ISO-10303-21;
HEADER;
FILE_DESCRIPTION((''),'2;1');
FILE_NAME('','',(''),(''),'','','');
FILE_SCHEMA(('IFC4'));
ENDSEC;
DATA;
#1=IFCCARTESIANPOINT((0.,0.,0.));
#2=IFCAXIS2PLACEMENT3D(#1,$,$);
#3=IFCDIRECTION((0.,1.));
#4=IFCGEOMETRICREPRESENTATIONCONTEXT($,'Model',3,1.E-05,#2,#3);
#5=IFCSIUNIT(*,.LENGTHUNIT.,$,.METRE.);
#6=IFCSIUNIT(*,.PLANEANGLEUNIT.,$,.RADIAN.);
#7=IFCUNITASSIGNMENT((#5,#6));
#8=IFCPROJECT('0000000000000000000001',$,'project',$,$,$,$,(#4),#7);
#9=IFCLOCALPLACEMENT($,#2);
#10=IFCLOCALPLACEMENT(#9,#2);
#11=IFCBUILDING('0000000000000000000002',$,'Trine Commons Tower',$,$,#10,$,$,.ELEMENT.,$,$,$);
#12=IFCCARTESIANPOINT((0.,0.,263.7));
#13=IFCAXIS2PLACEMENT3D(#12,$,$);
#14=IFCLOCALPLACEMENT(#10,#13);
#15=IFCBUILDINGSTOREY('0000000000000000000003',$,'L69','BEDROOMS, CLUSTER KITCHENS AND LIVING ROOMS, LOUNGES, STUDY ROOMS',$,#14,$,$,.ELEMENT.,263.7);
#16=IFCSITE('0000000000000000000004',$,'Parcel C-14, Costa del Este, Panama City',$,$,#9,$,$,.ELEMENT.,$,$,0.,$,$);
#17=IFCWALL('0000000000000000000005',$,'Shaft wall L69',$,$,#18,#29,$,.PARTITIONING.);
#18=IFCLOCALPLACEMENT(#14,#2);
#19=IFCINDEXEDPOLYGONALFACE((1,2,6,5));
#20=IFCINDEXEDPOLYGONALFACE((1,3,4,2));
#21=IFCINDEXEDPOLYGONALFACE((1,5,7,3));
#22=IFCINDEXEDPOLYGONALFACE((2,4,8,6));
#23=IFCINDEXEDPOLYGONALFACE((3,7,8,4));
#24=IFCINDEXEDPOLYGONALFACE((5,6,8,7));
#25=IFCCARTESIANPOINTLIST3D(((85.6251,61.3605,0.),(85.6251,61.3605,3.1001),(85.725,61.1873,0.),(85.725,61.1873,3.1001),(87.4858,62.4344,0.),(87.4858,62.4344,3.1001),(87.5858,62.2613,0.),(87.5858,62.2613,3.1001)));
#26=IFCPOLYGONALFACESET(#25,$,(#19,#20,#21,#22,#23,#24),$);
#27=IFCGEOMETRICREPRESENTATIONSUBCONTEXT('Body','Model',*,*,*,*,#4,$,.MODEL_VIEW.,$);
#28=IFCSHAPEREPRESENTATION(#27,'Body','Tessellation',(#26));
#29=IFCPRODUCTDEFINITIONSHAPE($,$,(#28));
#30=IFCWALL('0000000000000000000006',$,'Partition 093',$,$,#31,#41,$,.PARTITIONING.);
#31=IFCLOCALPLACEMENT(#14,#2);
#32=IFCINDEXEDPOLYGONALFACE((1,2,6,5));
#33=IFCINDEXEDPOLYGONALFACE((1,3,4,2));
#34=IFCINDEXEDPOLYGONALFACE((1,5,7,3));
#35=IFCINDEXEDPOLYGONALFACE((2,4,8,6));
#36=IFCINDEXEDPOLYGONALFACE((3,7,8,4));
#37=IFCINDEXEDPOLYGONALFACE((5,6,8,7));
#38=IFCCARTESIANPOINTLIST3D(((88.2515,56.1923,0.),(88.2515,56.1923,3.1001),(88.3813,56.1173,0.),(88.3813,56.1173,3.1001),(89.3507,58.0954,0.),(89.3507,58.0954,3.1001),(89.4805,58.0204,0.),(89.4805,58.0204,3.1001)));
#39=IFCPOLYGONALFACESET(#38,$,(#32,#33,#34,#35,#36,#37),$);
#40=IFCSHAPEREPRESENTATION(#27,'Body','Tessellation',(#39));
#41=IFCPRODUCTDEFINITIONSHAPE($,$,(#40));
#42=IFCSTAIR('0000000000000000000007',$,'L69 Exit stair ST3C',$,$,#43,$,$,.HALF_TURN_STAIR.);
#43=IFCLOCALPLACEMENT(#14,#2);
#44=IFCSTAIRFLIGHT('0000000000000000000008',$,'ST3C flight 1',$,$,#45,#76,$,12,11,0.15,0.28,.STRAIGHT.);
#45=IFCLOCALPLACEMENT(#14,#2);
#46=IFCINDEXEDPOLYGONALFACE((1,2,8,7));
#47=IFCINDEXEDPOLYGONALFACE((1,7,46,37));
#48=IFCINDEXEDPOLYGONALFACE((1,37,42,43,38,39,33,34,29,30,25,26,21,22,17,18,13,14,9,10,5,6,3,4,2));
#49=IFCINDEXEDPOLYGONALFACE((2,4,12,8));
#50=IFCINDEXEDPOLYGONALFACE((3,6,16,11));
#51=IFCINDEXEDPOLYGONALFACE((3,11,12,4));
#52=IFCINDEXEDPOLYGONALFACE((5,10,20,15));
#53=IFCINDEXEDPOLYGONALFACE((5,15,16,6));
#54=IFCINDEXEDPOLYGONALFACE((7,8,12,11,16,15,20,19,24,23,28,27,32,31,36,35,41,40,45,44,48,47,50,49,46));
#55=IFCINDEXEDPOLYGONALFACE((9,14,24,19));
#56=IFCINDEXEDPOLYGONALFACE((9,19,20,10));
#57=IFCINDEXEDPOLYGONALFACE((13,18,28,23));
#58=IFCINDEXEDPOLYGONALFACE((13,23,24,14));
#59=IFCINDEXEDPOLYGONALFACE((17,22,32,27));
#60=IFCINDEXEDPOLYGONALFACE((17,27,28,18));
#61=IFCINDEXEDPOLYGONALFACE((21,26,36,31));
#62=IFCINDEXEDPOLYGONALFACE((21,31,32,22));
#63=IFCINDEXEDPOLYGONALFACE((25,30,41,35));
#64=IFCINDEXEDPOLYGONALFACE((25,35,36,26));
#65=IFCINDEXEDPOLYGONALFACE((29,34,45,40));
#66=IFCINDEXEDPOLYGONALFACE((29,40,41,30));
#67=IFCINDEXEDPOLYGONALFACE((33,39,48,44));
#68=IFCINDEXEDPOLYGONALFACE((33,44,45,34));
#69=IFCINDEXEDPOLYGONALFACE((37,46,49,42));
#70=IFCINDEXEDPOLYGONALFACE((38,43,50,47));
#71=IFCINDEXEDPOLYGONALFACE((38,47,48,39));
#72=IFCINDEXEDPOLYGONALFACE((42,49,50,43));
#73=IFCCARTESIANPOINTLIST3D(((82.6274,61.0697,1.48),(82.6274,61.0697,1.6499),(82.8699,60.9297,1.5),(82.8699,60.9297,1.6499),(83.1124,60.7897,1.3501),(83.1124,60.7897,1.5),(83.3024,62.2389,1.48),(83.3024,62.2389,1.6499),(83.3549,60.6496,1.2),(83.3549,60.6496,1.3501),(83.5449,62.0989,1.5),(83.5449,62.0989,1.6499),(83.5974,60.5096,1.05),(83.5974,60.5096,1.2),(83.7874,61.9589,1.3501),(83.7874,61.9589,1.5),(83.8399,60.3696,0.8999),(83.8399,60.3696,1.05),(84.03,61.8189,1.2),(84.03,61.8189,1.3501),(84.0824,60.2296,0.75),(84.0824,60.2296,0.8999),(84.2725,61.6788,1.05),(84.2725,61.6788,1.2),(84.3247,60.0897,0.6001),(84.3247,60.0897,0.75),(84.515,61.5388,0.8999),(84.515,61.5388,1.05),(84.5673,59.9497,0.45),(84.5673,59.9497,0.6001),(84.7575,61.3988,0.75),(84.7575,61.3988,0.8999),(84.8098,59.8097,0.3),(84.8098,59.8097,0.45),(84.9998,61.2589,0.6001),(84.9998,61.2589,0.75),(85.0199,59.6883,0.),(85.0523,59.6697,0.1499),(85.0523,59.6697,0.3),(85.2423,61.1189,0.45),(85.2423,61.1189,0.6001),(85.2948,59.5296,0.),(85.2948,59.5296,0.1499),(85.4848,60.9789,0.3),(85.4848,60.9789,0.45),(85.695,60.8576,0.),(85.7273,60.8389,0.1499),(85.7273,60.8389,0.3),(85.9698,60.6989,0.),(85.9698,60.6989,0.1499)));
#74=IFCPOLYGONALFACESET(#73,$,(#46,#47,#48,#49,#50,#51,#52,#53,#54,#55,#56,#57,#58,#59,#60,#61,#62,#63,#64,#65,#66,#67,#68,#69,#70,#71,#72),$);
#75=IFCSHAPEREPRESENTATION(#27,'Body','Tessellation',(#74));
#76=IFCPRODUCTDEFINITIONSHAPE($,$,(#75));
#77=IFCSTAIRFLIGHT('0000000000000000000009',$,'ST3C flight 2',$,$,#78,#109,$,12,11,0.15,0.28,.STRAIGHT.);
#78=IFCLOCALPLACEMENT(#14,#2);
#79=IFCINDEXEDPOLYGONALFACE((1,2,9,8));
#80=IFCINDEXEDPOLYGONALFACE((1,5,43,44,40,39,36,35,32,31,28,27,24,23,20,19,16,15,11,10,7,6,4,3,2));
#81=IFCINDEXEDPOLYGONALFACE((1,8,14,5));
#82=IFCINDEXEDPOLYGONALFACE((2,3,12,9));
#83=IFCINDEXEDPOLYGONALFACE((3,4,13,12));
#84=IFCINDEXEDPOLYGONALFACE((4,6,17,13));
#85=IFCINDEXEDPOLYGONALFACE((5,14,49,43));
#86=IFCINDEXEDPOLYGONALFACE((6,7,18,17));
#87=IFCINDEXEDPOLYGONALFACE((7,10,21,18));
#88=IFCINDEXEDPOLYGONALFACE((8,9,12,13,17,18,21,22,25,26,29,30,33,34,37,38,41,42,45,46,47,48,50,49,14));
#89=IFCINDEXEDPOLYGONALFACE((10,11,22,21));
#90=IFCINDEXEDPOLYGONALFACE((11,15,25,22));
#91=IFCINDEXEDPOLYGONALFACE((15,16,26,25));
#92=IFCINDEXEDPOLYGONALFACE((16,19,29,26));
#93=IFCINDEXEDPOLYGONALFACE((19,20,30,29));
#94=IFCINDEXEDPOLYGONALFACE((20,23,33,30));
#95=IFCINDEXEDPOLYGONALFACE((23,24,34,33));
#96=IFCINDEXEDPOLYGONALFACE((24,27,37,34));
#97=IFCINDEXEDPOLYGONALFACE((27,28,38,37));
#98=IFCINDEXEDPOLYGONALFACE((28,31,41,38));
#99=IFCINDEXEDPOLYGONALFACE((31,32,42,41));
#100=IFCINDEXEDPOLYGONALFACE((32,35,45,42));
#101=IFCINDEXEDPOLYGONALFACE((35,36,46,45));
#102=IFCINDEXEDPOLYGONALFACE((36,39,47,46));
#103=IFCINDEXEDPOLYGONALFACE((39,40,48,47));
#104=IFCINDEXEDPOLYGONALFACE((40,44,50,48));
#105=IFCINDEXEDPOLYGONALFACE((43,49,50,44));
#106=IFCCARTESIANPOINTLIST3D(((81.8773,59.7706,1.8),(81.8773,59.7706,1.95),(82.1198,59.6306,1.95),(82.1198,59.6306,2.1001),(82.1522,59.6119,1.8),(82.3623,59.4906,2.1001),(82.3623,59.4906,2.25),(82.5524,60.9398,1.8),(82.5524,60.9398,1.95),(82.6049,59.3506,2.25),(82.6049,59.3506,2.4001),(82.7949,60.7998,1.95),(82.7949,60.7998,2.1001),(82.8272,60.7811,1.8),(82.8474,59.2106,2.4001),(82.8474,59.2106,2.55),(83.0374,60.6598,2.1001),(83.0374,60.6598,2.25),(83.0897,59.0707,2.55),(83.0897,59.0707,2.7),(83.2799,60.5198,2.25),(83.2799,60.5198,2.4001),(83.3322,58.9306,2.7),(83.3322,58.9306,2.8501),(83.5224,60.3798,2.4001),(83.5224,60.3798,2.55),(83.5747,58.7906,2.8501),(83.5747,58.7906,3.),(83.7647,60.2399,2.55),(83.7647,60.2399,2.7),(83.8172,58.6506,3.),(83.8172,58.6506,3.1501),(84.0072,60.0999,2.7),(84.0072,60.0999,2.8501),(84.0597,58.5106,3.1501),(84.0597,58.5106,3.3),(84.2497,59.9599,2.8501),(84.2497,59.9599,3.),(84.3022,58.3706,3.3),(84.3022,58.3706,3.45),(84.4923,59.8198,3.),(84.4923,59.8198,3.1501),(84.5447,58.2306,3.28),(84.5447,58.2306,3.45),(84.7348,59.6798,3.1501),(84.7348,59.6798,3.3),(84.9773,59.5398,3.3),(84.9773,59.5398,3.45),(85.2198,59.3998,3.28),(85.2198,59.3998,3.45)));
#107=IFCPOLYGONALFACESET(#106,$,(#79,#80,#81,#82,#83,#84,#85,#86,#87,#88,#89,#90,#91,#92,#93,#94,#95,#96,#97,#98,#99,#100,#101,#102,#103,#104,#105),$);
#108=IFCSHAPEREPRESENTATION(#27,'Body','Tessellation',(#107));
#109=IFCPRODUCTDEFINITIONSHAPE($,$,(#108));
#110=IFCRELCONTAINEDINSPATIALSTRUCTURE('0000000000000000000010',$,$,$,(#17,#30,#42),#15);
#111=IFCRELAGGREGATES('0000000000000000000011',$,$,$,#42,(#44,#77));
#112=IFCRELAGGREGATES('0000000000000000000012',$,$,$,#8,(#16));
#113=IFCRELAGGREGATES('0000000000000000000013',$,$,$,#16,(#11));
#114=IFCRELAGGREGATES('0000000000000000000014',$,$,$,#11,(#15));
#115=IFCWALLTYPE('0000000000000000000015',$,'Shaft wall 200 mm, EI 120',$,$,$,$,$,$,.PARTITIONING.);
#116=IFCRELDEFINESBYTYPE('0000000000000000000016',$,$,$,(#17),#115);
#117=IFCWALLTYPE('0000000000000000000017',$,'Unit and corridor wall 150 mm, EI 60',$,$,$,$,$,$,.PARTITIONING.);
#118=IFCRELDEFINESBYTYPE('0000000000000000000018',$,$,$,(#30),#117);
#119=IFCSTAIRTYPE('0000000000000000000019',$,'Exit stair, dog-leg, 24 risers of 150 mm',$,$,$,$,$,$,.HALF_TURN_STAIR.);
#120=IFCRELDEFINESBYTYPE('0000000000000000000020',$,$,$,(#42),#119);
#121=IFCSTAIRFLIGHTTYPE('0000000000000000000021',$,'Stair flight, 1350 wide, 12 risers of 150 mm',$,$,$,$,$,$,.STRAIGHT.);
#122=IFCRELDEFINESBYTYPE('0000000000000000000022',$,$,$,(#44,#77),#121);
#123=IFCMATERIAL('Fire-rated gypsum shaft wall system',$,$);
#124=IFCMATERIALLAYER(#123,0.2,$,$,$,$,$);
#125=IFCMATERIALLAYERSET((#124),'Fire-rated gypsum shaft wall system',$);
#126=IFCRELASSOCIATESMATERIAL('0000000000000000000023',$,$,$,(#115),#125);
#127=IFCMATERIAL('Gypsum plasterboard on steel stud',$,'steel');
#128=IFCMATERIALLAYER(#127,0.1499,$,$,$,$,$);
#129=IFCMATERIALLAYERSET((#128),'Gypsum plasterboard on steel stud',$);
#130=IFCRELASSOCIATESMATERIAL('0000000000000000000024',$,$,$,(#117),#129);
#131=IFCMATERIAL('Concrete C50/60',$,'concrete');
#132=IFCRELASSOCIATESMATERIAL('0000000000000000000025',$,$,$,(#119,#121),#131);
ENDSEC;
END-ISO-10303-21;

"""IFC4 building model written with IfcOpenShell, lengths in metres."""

from ifc_helpers import new_model, si_unit, direction, frame, frame_2d, origin, place, context, subcontext, project, spatial, polyline, rectangle, outline, extrude, material, layer, layer_set, type_object, element, aggregate, save


model = new_model("IFC4")

# Units and contexts
model_context = context("Model", 3, precision=1e-05, world=origin(), true_north=direction((0.0, 1.0)))
body_context = subcontext(model_context, "Body", "Model", "MODEL_VIEW")
ifc_project = project(units=[si_unit("LENGTHUNIT", "METRE"), si_unit("PLANEANGLEUNIT", "RADIAN")], contexts=[model_context])

# Site, building, storey
site_placement = place(None, origin())
site = spatial("IfcSite", under=ifc_project, at=site_placement, Name="Parcel C-14, Costa del Este, Panama City", CompositionType="ELEMENT", RefElevation=0.0)
building_placement = place(site_placement, origin())
building = spatial("IfcBuilding", under=site, at=building_placement, Name="Trine Commons Tower", CompositionType="ELEMENT")
storey_placement = place(building_placement, frame((0.0, 0.0, 263.7)))
storey = spatial("IfcBuildingStorey", under=building, at=storey_placement, Name="L69", Description="BEDROOMS, CLUSTER KITCHENS AND LIVING ROOMS, LOUNGES, STUDY ROOMS", CompositionType="ELEMENT", Elevation=263.7)

# Shared definitions
ifc_material_1 = material(Name="Concrete C50/60", Category="concrete")

# Walls
ifc_material_2 = material(Name="Fire-rated gypsum shaft wall system")
ifc_layer_1 = layer(ifc_material_2, 0.2)
ifc_layer_set_1 = layer_set([ifc_layer_1], Name="Fire-rated gypsum shaft wall system")
wall_type_1 = type_object("IfcWallType", Name="Shaft wall 200 mm, EI 120", PredefinedType="PARTITIONING", material=ifc_layer_set_1)
wall_1_placement = place(storey_placement, frame((85.675, 61.2739, 0.0), z_axis=(0.0, 0.0, 1.0), x_axis=(0.866102, 0.499867, 0.0)))
element("IfcWall", 1, at=wall_1_placement, inside=storey, type_object=wall_type_1, Name="Shaft wall L69", PredefinedType="PARTITIONING", context=body_context, shape_type="SweptSolid", body=[
    extrude(rectangle(XDim=2.1484, YDim=0.2, at=frame_2d((1.0742, 0.0))), origin(), (0.0, 0.0, 1.0), 3.1001),
])
ifc_material_3 = material(Name="Gypsum plasterboard on steel stud", Category="steel")
ifc_layer_2 = layer(ifc_material_3, 0.1499)
ifc_layer_set_2 = layer_set([ifc_layer_2], Name="Gypsum plasterboard on steel stud")
wall_type_2 = type_object("IfcWallType", Name="Unit and corridor wall 150 mm, EI 60", PredefinedType="PARTITIONING", material=ifc_layer_set_2)
wall_2_placement = place(storey_placement, frame((88.3164, 56.1548, 0.0), z_axis=(0.0, 0.0, 1.0), x_axis=(0.50013, 0.865951, 0.0)))
element("IfcWall", 2, at=wall_2_placement, inside=storey, type_object=wall_type_2, Name="Partition 093", PredefinedType="PARTITIONING", context=body_context, shape_type="SweptSolid", body=[
    extrude(rectangle(XDim=2.1978, YDim=0.1499, at=frame_2d((1.0989, 0.0))), origin(), (0.0, 0.0, 1.0), 3.1001),
])

# Stair, stair flights
stair_type = type_object("IfcStairType", Name="Exit stair, dog-leg, 24 risers of 150 mm", PredefinedType="HALF_TURN_STAIR", material=ifc_material_1)
stair_placement = place(storey_placement, origin())
stair = element("IfcStair", 3, at=stair_placement, inside=storey, type_object=stair_type, Name="L69 Exit stair ST3C", PredefinedType="HALF_TURN_STAIR")
stair_flight_type = type_object("IfcStairFlightType", Name="Stair flight, 1350 wide, 12 risers of 150 mm", PredefinedType="STRAIGHT", material=ifc_material_1)
stair_flight_1_placement = place(storey_placement, frame((85.6323, 60.1143, 0.0), z_axis=(0.0, 0.0, 1.0), x_axis=(-0.866025, 0.5, 0.0)))
stair_flight_1 = element("IfcStairFlight", 4, at=stair_flight_1_placement, type_object=stair_flight_type, Name="ST3C flight 1", NumberOfRisers=12, NumberOfTreads=11, PredefinedType="STRAIGHT", RiserHeight=0.15, TreadLength=0.28, context=body_context, shape_type="SweptSolid", body=[
    extrude(outline(polyline([(0.0, 0.0), (0.0, 0.1499), (0.28, 0.1499), (0.28, 0.3), (0.5601, 0.3), (0.5601, 0.45), (0.8401, 0.45), (0.8401, 0.6001), (1.1201, 0.6001), (1.1201, 0.75), (1.3999, 0.75), (1.3999, 0.8999), (1.6799, 0.8999), (1.6799, 1.05), (1.96, 1.05), (1.96, 1.2), (2.24, 1.2), (2.24, 1.3501), (2.52, 1.3501), (2.52, 1.5), (2.8, 1.5), (2.8, 1.6499), (3.0801, 1.6499), (3.0801, 1.8), (3.0801, 1.48), (0.3174, 0.0), (0.0, 0.0)])), frame((0.0, 0.675, 0.0), z_axis=(0.0, -1.0, 0.0), x_axis=(1.0, 0.0, 0.0)), (0.0, 0.0, 1.0), 1.3501),
])
stair_flight_2_placement = place(storey_placement, frame((82.2148, 60.3552, 1.8), z_axis=(0.0, 0.0, 1.0), x_axis=(0.866025, -0.5, 0.0)))
stair_flight_2 = element("IfcStairFlight", 5, at=stair_flight_2_placement, type_object=stair_flight_type, Name="ST3C flight 2", NumberOfRisers=12, NumberOfTreads=11, PredefinedType="STRAIGHT", RiserHeight=0.15, TreadLength=0.28, context=body_context, shape_type="SweptSolid", body=[
    extrude(outline(polyline([(0.0, 0.0), (0.0, 0.1499), (0.28, 0.1499), (0.28, 0.3), (0.5601, 0.3), (0.5601, 0.45), (0.8401, 0.45), (0.8401, 0.6001), (1.1201, 0.6001), (1.1201, 0.75), (1.3999, 0.75), (1.3999, 0.8999), (1.6799, 0.8999), (1.6799, 1.05), (1.96, 1.05), (1.96, 1.2), (2.24, 1.2), (2.24, 1.3501), (2.52, 1.3501), (2.52, 1.5), (2.8, 1.5), (2.8, 1.6499), (3.0801, 1.6499), (3.0801, 1.8), (3.0801, 1.48), (0.3174, 0.0), (0.0, 0.0)])), frame((0.0, 0.675, 0.0), z_axis=(0.0, -1.0, 0.0), x_axis=(1.0, 0.0, 0.0)), (0.0, 0.0, 1.0), 1.3501),
])
aggregate(stair, [stair_flight_1, stair_flight_2])

save(model, "model.ifc")
